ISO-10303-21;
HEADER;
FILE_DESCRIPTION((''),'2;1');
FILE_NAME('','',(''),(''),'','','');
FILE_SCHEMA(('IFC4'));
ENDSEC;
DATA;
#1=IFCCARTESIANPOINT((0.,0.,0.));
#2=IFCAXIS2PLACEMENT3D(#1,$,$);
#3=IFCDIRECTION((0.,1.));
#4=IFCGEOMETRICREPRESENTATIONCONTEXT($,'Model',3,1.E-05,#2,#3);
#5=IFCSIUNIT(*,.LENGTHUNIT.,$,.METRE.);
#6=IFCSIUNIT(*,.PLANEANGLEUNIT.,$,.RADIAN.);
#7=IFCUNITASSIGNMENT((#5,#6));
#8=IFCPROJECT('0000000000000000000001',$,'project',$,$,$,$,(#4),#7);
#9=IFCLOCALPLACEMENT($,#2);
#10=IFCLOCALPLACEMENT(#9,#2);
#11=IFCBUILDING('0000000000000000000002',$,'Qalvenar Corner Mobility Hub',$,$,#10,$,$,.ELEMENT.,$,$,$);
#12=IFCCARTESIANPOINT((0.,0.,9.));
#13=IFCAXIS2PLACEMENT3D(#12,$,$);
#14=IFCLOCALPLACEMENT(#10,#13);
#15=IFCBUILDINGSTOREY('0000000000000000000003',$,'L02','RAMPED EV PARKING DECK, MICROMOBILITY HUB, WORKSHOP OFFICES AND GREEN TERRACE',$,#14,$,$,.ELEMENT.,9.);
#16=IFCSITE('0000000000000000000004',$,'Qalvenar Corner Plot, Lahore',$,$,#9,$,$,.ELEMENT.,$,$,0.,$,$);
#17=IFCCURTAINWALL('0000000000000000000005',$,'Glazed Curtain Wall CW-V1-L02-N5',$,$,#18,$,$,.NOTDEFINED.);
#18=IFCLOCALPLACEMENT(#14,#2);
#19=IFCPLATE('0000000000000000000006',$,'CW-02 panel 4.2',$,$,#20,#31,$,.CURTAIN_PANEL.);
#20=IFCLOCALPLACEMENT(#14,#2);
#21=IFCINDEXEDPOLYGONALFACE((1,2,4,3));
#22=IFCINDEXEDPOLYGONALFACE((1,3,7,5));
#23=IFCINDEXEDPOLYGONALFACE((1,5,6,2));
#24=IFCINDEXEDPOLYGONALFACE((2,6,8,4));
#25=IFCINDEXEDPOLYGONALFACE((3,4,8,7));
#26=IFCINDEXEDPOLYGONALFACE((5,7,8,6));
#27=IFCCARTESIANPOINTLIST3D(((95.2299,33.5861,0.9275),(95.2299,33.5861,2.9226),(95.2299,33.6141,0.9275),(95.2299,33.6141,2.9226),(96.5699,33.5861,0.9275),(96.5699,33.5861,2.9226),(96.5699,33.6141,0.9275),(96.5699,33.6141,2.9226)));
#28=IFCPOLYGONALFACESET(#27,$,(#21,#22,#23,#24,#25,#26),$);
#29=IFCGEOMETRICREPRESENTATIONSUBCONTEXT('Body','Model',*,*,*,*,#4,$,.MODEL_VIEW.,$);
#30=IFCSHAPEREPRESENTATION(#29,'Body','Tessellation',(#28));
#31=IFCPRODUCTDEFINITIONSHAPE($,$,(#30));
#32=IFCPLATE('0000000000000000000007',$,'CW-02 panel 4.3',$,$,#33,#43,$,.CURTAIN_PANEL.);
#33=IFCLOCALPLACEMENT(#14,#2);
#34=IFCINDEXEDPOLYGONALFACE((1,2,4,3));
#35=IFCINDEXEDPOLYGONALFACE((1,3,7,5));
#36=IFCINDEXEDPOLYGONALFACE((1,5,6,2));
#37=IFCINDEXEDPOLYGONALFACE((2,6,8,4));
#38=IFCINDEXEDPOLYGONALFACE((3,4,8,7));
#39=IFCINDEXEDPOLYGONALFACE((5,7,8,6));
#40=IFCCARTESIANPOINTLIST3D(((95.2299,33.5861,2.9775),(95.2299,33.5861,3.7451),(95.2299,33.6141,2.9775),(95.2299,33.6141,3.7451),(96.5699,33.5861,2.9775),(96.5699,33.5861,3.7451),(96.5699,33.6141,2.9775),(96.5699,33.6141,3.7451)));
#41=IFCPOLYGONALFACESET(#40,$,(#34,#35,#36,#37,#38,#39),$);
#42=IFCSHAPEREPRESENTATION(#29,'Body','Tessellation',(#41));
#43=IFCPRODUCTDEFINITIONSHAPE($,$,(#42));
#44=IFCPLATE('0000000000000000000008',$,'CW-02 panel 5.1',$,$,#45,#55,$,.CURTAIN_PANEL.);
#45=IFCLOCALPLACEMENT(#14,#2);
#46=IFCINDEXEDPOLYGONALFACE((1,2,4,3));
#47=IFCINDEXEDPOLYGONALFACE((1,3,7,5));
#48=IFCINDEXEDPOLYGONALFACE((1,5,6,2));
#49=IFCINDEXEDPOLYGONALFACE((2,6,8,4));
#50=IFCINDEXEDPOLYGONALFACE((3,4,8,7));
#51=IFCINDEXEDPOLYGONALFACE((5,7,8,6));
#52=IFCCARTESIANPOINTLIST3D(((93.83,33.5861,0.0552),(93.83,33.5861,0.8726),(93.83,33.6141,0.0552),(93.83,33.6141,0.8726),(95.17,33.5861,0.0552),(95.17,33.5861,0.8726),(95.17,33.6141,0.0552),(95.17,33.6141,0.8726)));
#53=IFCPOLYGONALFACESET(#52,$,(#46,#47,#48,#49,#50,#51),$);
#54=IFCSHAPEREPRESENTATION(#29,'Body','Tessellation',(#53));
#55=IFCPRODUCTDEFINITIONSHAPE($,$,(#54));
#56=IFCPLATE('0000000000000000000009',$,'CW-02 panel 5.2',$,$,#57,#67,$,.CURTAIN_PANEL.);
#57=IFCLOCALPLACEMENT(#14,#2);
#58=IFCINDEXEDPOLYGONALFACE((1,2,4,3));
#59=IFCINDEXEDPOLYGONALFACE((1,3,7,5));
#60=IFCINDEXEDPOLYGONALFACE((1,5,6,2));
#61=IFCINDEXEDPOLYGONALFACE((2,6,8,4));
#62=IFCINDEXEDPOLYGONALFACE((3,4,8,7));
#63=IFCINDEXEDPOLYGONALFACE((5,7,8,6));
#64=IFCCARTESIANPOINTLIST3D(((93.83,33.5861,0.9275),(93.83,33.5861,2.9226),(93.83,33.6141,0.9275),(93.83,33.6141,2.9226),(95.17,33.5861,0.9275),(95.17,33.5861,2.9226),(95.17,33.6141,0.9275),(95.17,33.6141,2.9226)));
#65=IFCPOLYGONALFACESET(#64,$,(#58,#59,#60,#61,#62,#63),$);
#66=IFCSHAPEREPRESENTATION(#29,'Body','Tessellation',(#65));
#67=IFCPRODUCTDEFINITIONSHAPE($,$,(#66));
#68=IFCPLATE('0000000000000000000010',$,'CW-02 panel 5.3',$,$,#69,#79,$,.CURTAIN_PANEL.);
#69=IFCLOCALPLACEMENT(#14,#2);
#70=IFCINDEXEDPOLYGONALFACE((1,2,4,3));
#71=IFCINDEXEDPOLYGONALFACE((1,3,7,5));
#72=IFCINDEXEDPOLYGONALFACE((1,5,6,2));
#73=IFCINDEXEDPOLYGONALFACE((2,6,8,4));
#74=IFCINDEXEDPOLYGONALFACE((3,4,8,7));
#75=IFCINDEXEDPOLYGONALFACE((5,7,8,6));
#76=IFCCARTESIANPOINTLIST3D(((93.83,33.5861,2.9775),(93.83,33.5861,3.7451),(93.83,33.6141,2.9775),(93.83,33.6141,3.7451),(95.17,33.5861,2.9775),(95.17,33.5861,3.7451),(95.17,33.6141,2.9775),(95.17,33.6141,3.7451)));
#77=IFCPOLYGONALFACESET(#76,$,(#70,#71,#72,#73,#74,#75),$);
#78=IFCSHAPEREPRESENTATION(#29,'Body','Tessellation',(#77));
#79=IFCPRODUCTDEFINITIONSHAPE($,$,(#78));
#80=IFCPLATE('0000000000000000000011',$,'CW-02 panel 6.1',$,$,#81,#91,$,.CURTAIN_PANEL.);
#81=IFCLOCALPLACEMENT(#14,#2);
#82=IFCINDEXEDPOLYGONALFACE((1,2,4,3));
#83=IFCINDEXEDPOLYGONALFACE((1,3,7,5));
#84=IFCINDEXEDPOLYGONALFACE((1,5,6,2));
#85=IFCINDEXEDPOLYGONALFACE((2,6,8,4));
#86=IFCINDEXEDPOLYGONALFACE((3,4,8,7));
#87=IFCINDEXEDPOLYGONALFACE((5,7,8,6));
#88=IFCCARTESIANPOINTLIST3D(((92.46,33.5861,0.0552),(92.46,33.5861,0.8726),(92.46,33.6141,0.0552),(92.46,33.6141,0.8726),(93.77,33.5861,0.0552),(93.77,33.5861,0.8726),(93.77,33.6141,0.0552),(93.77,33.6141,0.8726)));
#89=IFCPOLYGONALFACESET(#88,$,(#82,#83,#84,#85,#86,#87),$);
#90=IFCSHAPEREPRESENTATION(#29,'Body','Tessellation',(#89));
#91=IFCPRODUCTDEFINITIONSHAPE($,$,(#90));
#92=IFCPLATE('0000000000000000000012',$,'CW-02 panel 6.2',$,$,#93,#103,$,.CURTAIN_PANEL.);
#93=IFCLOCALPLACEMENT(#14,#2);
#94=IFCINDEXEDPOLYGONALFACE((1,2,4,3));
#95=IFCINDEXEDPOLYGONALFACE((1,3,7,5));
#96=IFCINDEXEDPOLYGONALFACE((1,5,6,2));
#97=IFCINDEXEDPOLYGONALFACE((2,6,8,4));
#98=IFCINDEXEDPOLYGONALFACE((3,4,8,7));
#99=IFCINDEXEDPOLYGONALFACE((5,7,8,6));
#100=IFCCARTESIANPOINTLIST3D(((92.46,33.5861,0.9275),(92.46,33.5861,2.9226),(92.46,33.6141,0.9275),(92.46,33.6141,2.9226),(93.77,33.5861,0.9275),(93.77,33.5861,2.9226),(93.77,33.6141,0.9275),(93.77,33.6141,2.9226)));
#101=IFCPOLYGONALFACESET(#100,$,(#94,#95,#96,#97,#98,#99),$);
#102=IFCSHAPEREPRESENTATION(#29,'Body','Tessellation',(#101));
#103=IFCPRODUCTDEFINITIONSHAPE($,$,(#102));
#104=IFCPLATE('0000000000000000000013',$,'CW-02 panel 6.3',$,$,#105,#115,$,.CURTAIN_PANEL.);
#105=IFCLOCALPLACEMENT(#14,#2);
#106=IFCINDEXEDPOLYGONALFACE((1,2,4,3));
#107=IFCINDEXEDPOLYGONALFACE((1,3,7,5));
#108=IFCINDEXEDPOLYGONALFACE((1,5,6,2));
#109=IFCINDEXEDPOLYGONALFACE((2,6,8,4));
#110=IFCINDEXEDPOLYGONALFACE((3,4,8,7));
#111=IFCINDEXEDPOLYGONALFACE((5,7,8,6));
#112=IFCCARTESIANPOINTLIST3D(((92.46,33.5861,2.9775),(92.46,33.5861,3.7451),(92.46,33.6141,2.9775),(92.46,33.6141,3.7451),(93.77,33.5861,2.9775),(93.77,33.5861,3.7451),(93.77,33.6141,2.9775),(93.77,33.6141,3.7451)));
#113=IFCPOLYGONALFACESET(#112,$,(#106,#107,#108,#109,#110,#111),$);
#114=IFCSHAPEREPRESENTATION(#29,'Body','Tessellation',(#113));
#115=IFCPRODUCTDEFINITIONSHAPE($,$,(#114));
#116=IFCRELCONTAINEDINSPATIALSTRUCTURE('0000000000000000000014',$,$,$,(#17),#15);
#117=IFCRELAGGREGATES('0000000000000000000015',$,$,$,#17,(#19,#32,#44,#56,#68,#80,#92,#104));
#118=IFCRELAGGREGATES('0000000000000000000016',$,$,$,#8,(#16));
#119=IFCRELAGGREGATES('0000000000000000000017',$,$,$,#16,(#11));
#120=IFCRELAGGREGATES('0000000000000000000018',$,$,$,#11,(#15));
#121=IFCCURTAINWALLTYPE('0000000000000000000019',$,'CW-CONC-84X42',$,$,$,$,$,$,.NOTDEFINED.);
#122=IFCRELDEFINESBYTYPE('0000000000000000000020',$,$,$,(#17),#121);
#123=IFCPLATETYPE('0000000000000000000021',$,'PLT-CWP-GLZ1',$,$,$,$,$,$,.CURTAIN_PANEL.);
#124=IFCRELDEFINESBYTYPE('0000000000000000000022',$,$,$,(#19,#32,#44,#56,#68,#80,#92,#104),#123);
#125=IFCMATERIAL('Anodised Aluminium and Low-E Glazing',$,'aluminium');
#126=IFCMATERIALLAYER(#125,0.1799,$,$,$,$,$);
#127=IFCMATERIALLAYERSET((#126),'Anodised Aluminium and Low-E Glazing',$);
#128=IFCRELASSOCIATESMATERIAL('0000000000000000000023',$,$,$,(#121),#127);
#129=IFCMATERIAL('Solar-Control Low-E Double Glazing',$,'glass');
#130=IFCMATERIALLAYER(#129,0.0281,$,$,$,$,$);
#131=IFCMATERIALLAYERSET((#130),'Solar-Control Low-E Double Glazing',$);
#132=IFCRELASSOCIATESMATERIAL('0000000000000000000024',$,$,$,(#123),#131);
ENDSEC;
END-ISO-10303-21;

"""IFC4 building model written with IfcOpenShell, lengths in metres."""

from ifc_helpers import new_model, si_unit, direction, frame, origin, origin_2d, place, context, subcontext, project, spatial, rectangle, extrude, material, layer, layer_set, type_object, element, aggregate, save


model = new_model("IFC4")

# Units and contexts
model_context = context("Model", 3, precision=1e-05, world=origin(), true_north=direction((0.0, 1.0)))
body_context = subcontext(model_context, "Body", "Model", "MODEL_VIEW")
ifc_project = project(units=[si_unit("LENGTHUNIT", "METRE"), si_unit("PLANEANGLEUNIT", "RADIAN")], contexts=[model_context])

# Site, building, storey
site_placement = place(None, origin())
site = spatial("IfcSite", under=ifc_project, at=site_placement, Name="Qalvenar Corner Plot, Lahore", CompositionType="ELEMENT", RefElevation=0.0)
building_placement = place(site_placement, origin())
building = spatial("IfcBuilding", under=site, at=building_placement, Name="Qalvenar Corner Mobility Hub", CompositionType="ELEMENT")
storey_placement = place(building_placement, frame((0.0, 0.0, 9.0)))
storey = spatial("IfcBuildingStorey", under=building, at=storey_placement, Name="L02", Description="RAMPED EV PARKING DECK, MICROMOBILITY HUB, WORKSHOP OFFICES AND GREEN TERRACE", CompositionType="ELEMENT", Elevation=9.0)

# Curtain wall, plates
ifc_material_1 = material(Name="Anodised Aluminium and Low-E Glazing", Category="aluminium")
ifc_layer_1 = layer(ifc_material_1, 0.1799)
ifc_layer_set_1 = layer_set([ifc_layer_1], Name="Anodised Aluminium and Low-E Glazing")
curtain_wall_type = type_object("IfcCurtainWallType", Name="CW-CONC-84X42", PredefinedType="NOTDEFINED", material=ifc_layer_set_1)
curtain_wall_placement = place(storey_placement, origin())
curtain_wall = element("IfcCurtainWall", 1, at=curtain_wall_placement, inside=storey, type_object=curtain_wall_type, Name="Glazed Curtain Wall CW-V1-L02-N5", PredefinedType="NOTDEFINED")
ifc_material_2 = material(Name="Solar-Control Low-E Double Glazing", Category="glass")
ifc_layer_2 = layer(ifc_material_2, 0.0281)
ifc_layer_set_2 = layer_set([ifc_layer_2], Name="Solar-Control Low-E Double Glazing")
plate_type = type_object("IfcPlateType", Name="PLT-CWP-GLZ1", PredefinedType="CURTAIN_PANEL", material=ifc_layer_set_2)
plate_1_placement = place(storey_placement, frame((95.8999, 33.6001, 0.9275), z_axis=(0.0, 0.0, 1.0), x_axis=(-1.0, 0.0, 0.0)))
plate_1 = element("IfcPlate", 2, at=plate_1_placement, type_object=plate_type, Name="CW-02 panel 4.2", PredefinedType="CURTAIN_PANEL", context=body_context, shape_type="SweptSolid", body=[
    extrude(rectangle(XDim=1.3401, YDim=0.0281, at=origin_2d()), origin(), (0.0, 0.0, 1.0), 1.9951),
])
plate_2_placement = place(storey_placement, frame((95.8999, 33.6001, 2.9775), z_axis=(0.0, 0.0, 1.0), x_axis=(-1.0, 0.0, 0.0)))
plate_2 = element("IfcPlate", 3, at=plate_2_placement, type_object=plate_type, Name="CW-02 panel 4.3", PredefinedType="CURTAIN_PANEL", context=body_context, shape_type="SweptSolid", body=[
    extrude(rectangle(XDim=1.3401, YDim=0.0281, at=origin_2d()), origin(), (0.0, 0.0, 1.0), 0.7676),
])
plate_3_placement = place(storey_placement, frame((94.5, 33.6001, 0.0552), z_axis=(0.0, 0.0, 1.0), x_axis=(-1.0, 0.0, 0.0)))
plate_3 = element("IfcPlate", 4, at=plate_3_placement, type_object=plate_type, Name="CW-02 panel 5.1", PredefinedType="CURTAIN_PANEL", context=body_context, shape_type="SweptSolid", body=[
    extrude(rectangle(XDim=1.3401, YDim=0.0281, at=origin_2d()), origin(), (0.0, 0.0, 1.0), 0.8174),
])
plate_4_placement = place(storey_placement, frame((94.5, 33.6001, 0.9275), z_axis=(0.0, 0.0, 1.0), x_axis=(-1.0, 0.0, 0.0)))
plate_4 = element("IfcPlate", 5, at=plate_4_placement, type_object=plate_type, Name="CW-02 panel 5.2", PredefinedType="CURTAIN_PANEL", context=body_context, shape_type="SweptSolid", body=[
    extrude(rectangle(XDim=1.3401, YDim=0.0281, at=origin_2d()), origin(), (0.0, 0.0, 1.0), 1.9951),
])
plate_5_placement = place(storey_placement, frame((94.5, 33.6001, 2.9775), z_axis=(0.0, 0.0, 1.0), x_axis=(-1.0, 0.0, 0.0)))
plate_5 = element("IfcPlate", 6, at=plate_5_placement, type_object=plate_type, Name="CW-02 panel 5.3", PredefinedType="CURTAIN_PANEL", context=body_context, shape_type="SweptSolid", body=[
    extrude(rectangle(XDim=1.3401, YDim=0.0281, at=origin_2d()), origin(), (0.0, 0.0, 1.0), 0.7676),
])
plate_6_placement = place(storey_placement, frame((93.115, 33.6001, 0.0552), z_axis=(0.0, 0.0, 1.0), x_axis=(-1.0, 0.0, 0.0)))
plate_6 = element("IfcPlate", 7, at=plate_6_placement, type_object=plate_type, Name="CW-02 panel 6.1", PredefinedType="CURTAIN_PANEL", context=body_context, shape_type="SweptSolid", body=[
    extrude(rectangle(XDim=1.3101, YDim=0.0281, at=origin_2d()), origin(), (0.0, 0.0, 1.0), 0.8174),
])
plate_7_placement = place(storey_placement, frame((93.115, 33.6001, 0.9275), z_axis=(0.0, 0.0, 1.0), x_axis=(-1.0, 0.0, 0.0)))
plate_7 = element("IfcPlate", 8, at=plate_7_placement, type_object=plate_type, Name="CW-02 panel 6.2", PredefinedType="CURTAIN_PANEL", context=body_context, shape_type="SweptSolid", body=[
    extrude(rectangle(XDim=1.3101, YDim=0.0281, at=origin_2d()), origin(), (0.0, 0.0, 1.0), 1.9951),
])
plate_8_placement = place(storey_placement, frame((93.115, 33.6001, 2.9775), z_axis=(0.0, 0.0, 1.0), x_axis=(-1.0, 0.0, 0.0)))
plate_8 = element("IfcPlate", 9, at=plate_8_placement, type_object=plate_type, Name="CW-02 panel 6.3", PredefinedType="CURTAIN_PANEL", context=body_context, shape_type="SweptSolid", body=[
    extrude(rectangle(XDim=1.3101, YDim=0.0281, at=origin_2d()), origin(), (0.0, 0.0, 1.0), 0.7676),
])
aggregate(curtain_wall, [plate_1, plate_2, plate_3, plate_4, plate_5, plate_6, plate_7, plate_8])

save(model, "model.ifc")
